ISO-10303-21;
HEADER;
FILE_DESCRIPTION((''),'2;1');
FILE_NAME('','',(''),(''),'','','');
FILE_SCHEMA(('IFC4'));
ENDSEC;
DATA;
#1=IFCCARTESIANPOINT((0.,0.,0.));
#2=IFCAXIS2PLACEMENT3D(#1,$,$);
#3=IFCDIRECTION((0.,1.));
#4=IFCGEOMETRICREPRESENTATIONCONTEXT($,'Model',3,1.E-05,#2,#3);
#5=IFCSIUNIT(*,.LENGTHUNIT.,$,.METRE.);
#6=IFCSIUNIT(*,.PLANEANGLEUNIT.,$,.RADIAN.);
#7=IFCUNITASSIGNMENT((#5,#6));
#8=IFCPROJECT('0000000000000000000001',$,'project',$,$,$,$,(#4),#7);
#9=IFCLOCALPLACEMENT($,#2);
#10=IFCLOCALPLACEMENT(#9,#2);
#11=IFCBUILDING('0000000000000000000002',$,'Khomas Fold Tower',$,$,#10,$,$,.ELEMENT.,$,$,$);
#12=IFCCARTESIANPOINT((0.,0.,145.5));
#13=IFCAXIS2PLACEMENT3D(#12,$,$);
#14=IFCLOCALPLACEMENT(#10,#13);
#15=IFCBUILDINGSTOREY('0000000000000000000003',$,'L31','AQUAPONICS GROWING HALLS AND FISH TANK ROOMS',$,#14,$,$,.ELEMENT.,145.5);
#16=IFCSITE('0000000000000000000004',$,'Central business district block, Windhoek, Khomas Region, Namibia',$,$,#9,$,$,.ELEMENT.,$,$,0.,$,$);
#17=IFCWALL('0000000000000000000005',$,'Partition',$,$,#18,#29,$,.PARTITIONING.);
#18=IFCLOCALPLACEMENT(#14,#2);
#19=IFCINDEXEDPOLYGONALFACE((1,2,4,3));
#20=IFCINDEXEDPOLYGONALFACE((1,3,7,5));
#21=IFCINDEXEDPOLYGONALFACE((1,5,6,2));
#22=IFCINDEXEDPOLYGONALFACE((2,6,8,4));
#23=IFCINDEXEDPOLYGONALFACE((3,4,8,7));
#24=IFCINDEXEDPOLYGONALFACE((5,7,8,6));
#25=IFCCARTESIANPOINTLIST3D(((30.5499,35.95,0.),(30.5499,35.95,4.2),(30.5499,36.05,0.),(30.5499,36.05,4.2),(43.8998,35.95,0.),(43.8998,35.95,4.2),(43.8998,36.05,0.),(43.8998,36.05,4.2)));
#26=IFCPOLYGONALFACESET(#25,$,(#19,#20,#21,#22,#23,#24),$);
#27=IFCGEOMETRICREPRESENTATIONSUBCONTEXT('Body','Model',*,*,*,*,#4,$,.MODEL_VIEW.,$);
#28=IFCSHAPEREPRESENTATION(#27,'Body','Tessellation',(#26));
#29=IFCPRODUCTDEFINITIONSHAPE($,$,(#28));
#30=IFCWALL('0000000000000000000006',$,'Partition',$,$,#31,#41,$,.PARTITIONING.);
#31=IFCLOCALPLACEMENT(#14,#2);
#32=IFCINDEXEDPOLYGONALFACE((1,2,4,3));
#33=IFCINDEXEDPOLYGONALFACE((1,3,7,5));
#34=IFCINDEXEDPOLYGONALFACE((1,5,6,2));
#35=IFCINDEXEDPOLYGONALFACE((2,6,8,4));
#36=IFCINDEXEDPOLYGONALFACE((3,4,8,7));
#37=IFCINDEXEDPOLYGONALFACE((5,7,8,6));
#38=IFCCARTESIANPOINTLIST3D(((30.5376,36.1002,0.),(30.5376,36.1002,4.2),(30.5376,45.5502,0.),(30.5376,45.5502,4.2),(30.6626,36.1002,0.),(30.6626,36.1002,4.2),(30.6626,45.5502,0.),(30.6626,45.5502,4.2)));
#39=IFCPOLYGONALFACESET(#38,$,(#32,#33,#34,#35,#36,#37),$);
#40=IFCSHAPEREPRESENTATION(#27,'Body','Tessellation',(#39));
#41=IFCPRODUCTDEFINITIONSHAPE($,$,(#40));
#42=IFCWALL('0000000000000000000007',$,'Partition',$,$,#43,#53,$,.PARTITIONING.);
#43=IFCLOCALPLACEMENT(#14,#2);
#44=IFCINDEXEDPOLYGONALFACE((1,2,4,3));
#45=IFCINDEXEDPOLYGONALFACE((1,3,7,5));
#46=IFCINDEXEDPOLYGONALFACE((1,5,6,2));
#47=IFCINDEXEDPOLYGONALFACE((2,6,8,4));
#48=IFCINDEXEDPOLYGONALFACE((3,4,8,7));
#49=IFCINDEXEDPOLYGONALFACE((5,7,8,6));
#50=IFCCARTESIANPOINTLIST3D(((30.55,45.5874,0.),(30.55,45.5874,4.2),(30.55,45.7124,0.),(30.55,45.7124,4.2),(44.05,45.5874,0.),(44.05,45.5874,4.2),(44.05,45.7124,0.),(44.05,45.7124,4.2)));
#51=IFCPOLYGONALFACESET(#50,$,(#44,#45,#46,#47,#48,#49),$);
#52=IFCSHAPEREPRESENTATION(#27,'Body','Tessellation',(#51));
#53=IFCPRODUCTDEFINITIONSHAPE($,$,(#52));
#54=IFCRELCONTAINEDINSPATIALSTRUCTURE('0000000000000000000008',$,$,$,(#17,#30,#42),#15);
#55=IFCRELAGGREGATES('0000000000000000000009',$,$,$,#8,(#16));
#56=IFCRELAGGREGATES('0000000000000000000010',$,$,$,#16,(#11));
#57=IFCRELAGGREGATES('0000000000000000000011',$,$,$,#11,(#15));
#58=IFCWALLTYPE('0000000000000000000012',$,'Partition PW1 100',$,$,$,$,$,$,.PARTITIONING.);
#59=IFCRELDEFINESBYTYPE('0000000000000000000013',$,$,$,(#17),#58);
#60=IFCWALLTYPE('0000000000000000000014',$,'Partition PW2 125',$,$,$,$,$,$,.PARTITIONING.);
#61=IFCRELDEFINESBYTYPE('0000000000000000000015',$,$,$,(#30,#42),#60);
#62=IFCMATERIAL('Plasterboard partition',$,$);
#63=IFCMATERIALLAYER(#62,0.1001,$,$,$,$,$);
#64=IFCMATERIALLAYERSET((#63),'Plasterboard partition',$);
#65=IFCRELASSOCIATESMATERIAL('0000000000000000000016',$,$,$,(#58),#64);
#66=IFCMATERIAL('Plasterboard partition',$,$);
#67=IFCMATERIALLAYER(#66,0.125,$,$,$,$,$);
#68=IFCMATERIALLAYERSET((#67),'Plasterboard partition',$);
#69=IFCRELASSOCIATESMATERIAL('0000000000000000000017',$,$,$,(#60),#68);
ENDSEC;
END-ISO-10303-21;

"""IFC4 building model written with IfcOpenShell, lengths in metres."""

from ifc_helpers import new_model, si_unit, direction, frame, frame_2d, origin, place, context, subcontext, project, spatial, rectangle, extrude, source, transform, mapped, material, layer, layer_set, type_object, element, save


model = new_model("IFC4")

# Units and contexts
model_context = context("Model", 3, precision=1e-05, world=origin(), true_north=direction((0.0, 1.0)))
body_context = subcontext(model_context, "Body", "Model", "MODEL_VIEW")
ifc_project = project(units=[si_unit("LENGTHUNIT", "METRE"), si_unit("PLANEANGLEUNIT", "RADIAN")], contexts=[model_context])

# Site, building, storey
site_placement = place(None, origin())
site = spatial("IfcSite", under=ifc_project, at=site_placement, Name="Central business district block, Windhoek, Khomas Region, Namibia", CompositionType="ELEMENT", RefElevation=0.0)
building_placement = place(site_placement, origin())
building = spatial("IfcBuilding", under=site, at=building_placement, Name="Khomas Fold Tower", CompositionType="ELEMENT")
storey_placement = place(building_placement, frame((0.0, 0.0, 145.5)))
storey = spatial("IfcBuildingStorey", under=building, at=storey_placement, Name="L31", Description="AQUAPONICS GROWING HALLS AND FISH TANK ROOMS", CompositionType="ELEMENT", Elevation=145.5)

# Walls
ifc_material_1 = material(Name="Plasterboard partition")
ifc_layer_1 = layer(ifc_material_1, 0.1001)
ifc_layer_set_1 = layer_set([ifc_layer_1], Name="Plasterboard partition")
wall_type_1 = type_object("IfcWallType", Name="Partition PW1 100", PredefinedType="PARTITIONING", material=ifc_layer_set_1)
shared_shape_1 = source(origin(), body_context, "Body", "SweptSolid", [
    extrude(rectangle(XDim=13.3499, YDim=0.1001, at=frame_2d((6.6748, 0.0))), origin(), (0.0, 0.0, 1.0), 4.2),
])
wall_1_placement = place(storey_placement, frame((30.55, 36.0, 0.0), z_axis=(0.0, 0.0, 1.0), x_axis=(1.0, 0.0, 0.0)))
element("IfcWall", 1, at=wall_1_placement, inside=storey, type_object=wall_type_1, Name="Partition", PredefinedType="PARTITIONING", context=body_context, shape_type="MappedRepresentation", body=[
    mapped(shared_shape_1, transform((0.0, 0.0, 0.0))),
])
ifc_material_2 = material(Name="Plasterboard partition")
ifc_layer_2 = layer(ifc_material_2, 0.125)
ifc_layer_set_2 = layer_set([ifc_layer_2], Name="Plasterboard partition")
wall_type_2 = type_object("IfcWallType", Name="Partition PW2 125", PredefinedType="PARTITIONING", material=ifc_layer_set_2)
shared_shape_2 = source(origin(), body_context, "Body", "SweptSolid", [
    extrude(rectangle(XDim=9.45, YDim=0.125, at=frame_2d((4.7251, 0.0))), origin(), (0.0, 0.0, 1.0), 4.2),
])
wall_2_placement = place(storey_placement, frame((30.6001, 36.1001, 0.0), z_axis=(0.0, 0.0, 1.0), x_axis=(0.0, 1.0, 0.0)))
element("IfcWall", 2, at=wall_2_placement, inside=storey, type_object=wall_type_2, Name="Partition", PredefinedType="PARTITIONING", context=body_context, shape_type="MappedRepresentation", body=[
    mapped(shared_shape_2, transform((0.0, 0.0, 0.0))),
])
shared_shape_3 = source(origin(), body_context, "Body", "SweptSolid", [
    extrude(rectangle(XDim=13.5, YDim=0.125, at=frame_2d((6.75, 0.0))), origin(), (0.0, 0.0, 1.0), 4.2),
])
wall_3_placement = place(storey_placement, frame((30.55, 45.6499, 0.0), z_axis=(0.0, 0.0, 1.0), x_axis=(1.0, 0.0, 0.0)))
element("IfcWall", 3, at=wall_3_placement, inside=storey, type_object=wall_type_2, Name="Partition", PredefinedType="PARTITIONING", context=body_context, shape_type="MappedRepresentation", body=[
    mapped(shared_shape_3, transform((0.0, 0.0, 0.0))),
])

save(model, "model.ifc")
